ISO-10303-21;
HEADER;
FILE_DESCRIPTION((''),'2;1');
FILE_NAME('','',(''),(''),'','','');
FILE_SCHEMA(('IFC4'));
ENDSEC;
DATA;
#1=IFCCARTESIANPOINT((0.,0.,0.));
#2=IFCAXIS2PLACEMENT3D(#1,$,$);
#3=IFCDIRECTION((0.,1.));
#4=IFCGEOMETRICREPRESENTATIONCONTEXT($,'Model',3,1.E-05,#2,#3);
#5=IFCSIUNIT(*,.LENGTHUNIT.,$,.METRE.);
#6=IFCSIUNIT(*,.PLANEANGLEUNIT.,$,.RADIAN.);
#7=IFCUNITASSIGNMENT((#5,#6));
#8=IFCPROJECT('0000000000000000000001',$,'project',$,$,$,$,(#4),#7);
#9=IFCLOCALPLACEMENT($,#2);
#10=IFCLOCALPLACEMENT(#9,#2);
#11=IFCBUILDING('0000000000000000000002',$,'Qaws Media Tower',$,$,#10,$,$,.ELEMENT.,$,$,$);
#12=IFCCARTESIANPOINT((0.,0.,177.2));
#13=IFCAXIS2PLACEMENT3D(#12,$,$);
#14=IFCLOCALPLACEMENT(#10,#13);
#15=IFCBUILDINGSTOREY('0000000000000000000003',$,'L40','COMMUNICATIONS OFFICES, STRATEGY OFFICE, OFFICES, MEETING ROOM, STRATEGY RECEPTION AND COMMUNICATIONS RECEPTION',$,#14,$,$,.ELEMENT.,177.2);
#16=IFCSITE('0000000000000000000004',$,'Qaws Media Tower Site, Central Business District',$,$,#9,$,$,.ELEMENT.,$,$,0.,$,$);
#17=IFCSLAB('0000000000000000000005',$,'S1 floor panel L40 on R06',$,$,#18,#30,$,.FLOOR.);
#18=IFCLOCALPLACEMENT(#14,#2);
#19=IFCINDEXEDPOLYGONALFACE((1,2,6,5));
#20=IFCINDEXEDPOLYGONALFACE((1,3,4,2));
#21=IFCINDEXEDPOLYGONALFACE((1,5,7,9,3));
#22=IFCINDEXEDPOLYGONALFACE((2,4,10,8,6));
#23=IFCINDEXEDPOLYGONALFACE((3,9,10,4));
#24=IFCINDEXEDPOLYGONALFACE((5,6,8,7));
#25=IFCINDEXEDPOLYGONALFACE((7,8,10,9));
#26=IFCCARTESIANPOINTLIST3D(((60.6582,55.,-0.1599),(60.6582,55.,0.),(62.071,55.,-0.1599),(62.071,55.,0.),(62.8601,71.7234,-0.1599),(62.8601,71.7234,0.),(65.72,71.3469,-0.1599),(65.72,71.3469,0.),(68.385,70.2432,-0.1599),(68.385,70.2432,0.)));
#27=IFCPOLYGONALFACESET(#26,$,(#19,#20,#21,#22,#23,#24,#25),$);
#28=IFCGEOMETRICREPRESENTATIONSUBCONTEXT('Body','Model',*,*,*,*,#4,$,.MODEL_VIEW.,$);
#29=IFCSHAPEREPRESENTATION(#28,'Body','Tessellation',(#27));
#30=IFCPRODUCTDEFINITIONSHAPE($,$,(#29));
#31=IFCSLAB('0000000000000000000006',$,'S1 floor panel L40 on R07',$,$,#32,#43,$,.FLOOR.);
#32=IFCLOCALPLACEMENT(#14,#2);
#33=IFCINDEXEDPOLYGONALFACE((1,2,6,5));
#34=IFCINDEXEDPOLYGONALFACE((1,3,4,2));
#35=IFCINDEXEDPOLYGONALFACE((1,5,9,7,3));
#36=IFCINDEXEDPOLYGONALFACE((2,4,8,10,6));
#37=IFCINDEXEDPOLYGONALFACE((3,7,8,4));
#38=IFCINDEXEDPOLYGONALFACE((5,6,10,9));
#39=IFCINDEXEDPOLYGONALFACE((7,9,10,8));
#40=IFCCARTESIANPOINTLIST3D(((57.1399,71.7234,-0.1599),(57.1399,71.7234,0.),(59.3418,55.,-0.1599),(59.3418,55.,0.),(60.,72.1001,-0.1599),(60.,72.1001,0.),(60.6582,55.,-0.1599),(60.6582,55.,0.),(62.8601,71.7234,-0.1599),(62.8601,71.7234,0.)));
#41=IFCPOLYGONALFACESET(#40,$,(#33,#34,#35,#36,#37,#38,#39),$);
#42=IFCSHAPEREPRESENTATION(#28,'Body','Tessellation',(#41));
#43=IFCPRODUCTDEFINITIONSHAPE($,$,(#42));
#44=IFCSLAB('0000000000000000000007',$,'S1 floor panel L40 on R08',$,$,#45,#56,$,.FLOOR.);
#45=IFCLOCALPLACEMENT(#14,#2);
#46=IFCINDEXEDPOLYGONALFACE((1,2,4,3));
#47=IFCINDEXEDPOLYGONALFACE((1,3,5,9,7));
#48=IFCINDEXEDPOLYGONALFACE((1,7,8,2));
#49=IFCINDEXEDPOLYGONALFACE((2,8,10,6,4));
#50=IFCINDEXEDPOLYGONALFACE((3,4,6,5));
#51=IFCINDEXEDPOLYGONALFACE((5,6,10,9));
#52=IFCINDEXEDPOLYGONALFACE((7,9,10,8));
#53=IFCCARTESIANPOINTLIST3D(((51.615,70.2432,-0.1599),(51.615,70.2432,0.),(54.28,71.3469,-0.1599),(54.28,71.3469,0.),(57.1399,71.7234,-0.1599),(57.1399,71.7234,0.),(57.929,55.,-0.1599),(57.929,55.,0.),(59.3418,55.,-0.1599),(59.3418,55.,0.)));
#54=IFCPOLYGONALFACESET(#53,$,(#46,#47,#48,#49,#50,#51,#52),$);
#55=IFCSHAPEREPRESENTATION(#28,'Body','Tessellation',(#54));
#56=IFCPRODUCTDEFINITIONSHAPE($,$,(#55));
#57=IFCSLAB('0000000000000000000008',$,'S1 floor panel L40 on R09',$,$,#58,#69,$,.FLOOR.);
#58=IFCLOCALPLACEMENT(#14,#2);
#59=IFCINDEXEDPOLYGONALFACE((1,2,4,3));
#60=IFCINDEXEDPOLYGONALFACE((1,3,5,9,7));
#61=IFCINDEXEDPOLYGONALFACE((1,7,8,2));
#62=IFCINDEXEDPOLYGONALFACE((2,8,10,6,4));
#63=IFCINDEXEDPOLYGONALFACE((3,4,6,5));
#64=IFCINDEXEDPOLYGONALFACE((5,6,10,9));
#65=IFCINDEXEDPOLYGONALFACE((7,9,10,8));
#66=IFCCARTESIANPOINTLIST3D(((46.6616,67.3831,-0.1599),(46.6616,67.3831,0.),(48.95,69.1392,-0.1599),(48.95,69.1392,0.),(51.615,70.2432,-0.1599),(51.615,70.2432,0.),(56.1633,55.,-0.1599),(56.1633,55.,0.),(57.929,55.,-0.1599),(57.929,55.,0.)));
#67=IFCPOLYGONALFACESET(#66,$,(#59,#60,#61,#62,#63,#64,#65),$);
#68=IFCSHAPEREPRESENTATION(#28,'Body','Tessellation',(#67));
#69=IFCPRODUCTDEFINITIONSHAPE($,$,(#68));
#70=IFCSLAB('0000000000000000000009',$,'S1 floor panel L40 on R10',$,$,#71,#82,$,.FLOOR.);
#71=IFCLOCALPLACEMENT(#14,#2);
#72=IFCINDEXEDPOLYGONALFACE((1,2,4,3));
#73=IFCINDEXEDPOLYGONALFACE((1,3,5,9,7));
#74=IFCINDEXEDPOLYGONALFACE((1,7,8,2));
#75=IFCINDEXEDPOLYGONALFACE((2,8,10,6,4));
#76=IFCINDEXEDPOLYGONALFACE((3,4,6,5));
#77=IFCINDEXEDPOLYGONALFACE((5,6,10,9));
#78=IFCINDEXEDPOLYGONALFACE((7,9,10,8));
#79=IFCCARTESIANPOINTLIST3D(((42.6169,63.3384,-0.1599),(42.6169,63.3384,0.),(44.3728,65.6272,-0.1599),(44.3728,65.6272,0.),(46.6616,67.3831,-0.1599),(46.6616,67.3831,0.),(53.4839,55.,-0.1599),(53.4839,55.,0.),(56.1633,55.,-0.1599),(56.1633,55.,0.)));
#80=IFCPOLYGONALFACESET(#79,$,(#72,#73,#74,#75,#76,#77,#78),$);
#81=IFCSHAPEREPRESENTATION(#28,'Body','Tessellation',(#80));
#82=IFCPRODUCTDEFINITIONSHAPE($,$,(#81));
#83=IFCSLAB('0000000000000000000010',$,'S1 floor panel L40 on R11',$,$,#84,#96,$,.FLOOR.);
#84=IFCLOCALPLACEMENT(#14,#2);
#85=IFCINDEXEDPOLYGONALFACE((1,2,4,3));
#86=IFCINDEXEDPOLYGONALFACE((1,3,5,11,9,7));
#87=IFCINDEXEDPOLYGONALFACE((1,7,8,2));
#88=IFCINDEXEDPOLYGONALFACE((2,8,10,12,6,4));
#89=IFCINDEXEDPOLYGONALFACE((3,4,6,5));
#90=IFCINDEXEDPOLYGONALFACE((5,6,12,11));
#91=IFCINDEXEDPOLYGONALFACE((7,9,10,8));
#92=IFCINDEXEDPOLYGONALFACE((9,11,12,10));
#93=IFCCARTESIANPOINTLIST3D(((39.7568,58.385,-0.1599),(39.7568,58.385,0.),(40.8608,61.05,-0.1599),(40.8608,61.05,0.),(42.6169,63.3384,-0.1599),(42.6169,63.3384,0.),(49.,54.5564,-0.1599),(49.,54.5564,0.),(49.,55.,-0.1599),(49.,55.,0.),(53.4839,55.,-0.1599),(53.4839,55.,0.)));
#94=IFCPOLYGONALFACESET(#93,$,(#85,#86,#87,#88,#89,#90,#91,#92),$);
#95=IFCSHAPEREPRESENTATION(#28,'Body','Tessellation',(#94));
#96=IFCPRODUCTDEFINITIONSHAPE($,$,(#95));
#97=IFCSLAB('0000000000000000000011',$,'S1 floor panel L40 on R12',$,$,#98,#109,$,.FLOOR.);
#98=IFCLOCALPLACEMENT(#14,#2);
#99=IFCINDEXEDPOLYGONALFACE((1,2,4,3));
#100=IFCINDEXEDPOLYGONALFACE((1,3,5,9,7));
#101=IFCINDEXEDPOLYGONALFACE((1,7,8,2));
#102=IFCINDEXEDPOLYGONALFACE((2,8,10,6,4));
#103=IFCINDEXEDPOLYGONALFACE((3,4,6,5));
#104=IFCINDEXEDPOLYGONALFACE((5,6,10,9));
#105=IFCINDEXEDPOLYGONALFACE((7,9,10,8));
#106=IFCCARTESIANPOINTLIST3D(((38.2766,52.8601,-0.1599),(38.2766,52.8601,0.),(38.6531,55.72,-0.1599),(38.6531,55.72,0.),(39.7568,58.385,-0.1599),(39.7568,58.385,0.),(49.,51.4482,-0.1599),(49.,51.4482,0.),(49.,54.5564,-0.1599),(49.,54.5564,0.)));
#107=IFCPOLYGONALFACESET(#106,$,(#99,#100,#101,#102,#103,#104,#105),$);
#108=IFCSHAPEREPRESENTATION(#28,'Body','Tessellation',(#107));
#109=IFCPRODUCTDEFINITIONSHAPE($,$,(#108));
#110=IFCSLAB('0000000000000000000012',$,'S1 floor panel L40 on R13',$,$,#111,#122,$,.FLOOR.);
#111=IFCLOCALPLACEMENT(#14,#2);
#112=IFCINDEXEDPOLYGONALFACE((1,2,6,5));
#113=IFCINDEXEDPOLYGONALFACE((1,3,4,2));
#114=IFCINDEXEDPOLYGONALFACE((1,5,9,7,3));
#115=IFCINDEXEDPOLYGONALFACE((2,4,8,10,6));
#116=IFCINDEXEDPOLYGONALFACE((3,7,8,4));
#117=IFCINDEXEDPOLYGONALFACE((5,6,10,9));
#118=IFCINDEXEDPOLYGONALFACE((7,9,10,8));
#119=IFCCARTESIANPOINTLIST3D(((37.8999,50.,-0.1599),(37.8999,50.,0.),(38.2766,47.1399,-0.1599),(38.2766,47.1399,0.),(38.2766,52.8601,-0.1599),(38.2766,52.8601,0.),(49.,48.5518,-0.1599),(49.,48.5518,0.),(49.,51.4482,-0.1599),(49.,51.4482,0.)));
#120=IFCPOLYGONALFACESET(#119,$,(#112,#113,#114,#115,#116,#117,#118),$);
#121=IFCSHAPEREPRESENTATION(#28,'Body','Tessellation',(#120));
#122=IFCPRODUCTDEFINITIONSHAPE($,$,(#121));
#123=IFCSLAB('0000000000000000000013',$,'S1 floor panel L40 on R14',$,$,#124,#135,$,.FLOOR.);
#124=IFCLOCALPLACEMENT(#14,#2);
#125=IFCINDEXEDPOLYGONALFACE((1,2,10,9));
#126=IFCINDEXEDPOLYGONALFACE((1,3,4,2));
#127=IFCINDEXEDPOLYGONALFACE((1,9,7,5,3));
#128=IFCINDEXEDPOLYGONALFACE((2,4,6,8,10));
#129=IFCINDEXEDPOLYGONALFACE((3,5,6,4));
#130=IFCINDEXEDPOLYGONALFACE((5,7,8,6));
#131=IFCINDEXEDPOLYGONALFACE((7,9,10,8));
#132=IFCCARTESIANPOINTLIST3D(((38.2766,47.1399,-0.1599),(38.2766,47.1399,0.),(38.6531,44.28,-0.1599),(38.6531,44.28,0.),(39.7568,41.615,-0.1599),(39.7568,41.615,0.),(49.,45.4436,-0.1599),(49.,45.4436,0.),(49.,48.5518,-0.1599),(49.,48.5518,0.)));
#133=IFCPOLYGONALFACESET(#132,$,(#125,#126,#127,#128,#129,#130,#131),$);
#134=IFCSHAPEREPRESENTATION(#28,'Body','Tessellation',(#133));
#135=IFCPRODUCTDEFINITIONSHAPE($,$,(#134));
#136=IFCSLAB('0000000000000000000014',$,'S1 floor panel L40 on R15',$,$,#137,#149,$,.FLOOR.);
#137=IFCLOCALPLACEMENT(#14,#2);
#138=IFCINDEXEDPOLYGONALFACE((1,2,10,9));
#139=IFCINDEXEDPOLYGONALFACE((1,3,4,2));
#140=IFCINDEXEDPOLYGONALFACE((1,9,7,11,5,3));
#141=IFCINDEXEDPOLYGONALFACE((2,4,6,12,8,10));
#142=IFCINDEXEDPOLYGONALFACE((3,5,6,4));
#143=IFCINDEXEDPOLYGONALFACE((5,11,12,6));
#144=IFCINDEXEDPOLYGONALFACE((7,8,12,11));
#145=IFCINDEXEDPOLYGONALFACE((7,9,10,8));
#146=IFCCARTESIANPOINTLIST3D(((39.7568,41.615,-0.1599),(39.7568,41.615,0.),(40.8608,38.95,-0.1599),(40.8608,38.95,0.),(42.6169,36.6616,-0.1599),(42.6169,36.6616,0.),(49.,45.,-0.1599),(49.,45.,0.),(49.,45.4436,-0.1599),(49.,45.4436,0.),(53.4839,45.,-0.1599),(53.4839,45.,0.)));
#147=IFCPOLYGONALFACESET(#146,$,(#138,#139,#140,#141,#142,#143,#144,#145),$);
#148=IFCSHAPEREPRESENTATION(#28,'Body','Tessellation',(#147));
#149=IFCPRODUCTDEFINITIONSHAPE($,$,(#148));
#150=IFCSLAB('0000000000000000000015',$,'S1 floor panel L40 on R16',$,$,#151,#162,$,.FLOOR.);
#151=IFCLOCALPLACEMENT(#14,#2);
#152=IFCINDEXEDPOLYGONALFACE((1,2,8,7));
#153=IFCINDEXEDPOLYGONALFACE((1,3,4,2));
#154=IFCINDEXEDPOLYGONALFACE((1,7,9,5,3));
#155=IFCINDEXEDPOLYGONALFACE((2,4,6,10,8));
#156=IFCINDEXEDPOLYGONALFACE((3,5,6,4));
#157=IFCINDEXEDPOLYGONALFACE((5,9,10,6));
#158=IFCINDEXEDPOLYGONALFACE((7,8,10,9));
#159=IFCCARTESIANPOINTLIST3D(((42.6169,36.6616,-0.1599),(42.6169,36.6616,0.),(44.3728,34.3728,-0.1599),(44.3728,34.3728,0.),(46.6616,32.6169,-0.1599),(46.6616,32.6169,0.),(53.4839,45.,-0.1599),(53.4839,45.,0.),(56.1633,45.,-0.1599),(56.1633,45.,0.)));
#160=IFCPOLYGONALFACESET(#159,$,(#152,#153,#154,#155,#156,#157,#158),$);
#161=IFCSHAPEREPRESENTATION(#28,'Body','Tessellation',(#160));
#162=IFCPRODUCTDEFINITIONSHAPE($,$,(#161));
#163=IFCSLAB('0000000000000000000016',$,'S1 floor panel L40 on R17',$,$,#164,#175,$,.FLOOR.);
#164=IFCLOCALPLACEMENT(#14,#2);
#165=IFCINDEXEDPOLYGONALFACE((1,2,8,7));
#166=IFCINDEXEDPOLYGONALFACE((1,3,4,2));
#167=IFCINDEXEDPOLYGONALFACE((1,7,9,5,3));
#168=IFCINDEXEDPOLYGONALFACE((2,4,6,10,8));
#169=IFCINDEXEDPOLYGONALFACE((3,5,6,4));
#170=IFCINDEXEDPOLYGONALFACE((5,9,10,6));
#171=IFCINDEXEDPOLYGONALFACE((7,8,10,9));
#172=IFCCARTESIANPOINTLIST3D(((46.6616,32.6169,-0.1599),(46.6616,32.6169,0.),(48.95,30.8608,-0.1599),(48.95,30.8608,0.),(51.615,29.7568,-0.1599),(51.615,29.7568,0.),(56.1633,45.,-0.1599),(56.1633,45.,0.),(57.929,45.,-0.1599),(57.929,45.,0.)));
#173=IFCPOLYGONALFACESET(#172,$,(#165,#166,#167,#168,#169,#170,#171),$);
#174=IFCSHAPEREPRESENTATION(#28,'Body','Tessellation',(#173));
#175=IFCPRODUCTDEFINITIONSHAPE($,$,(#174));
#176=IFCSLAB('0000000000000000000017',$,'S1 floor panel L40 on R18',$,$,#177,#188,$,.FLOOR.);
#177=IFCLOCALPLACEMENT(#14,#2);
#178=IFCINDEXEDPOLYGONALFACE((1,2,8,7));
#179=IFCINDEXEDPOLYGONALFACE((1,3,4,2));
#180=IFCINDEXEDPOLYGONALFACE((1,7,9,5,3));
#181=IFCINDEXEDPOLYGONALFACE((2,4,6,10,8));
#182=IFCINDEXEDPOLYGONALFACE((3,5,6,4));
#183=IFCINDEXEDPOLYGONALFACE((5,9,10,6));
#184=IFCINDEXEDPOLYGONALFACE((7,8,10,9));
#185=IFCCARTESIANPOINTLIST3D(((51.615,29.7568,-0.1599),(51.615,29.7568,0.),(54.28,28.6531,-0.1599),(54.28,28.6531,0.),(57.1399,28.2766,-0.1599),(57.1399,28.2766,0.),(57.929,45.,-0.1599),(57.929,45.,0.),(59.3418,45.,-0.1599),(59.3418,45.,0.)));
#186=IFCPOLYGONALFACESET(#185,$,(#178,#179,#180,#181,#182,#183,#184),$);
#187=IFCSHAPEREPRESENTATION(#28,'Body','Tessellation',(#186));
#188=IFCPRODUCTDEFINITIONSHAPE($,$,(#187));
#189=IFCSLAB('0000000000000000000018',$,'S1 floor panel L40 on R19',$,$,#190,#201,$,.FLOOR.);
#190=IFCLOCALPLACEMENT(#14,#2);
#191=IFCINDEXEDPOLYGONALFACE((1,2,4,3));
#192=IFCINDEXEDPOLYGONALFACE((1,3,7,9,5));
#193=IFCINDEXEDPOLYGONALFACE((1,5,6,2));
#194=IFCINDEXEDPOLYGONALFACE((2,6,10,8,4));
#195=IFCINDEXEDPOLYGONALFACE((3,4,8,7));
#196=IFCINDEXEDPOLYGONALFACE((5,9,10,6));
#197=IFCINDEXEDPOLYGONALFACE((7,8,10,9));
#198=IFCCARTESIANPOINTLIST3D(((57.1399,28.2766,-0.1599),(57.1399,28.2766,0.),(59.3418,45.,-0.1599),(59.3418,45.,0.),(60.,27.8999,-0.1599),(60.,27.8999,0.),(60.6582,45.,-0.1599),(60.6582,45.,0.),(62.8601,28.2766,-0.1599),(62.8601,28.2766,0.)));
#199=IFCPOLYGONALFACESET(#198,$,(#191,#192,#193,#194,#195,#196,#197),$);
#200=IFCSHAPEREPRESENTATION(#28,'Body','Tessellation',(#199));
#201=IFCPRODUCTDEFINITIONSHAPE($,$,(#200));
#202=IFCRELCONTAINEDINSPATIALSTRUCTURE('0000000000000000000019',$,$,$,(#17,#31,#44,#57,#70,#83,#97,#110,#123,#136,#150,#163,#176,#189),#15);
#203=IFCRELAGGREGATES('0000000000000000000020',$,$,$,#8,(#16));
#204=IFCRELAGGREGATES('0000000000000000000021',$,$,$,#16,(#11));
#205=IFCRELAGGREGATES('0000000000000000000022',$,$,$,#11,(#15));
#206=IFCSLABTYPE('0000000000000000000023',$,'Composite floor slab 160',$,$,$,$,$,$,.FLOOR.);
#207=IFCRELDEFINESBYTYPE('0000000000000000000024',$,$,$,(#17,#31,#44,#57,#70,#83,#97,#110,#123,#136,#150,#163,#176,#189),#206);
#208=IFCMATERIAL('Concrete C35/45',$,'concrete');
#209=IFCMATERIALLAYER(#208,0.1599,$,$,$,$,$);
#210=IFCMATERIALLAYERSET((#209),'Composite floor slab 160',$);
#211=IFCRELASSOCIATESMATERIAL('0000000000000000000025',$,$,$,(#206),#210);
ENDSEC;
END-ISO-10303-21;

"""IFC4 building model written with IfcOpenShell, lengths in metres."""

from ifc_helpers import new_model, si_unit, direction, frame, origin, place, context, subcontext, project, spatial, polyline, outline, extrude, material, layer, layer_set, type_object, element, save


model = new_model("IFC4")

# Units and contexts
model_context = context("Model", 3, precision=1e-05, world=origin(), true_north=direction((0.0, 1.0)))
body_context = subcontext(model_context, "Body", "Model", "MODEL_VIEW")
ifc_project = project(units=[si_unit("LENGTHUNIT", "METRE"), si_unit("PLANEANGLEUNIT", "RADIAN")], contexts=[model_context])

# Site, building, storey
site_placement = place(None, origin())
site = spatial("IfcSite", under=ifc_project, at=site_placement, Name="Qaws Media Tower Site, Central Business District", CompositionType="ELEMENT", RefElevation=0.0)
building_placement = place(site_placement, origin())
building = spatial("IfcBuilding", under=site, at=building_placement, Name="Qaws Media Tower", CompositionType="ELEMENT")
storey_placement = place(building_placement, frame((0.0, 0.0, 177.2)))
storey = spatial("IfcBuildingStorey", under=building, at=storey_placement, Name="L40", Description="COMMUNICATIONS OFFICES, STRATEGY OFFICE, OFFICES, MEETING ROOM, STRATEGY RECEPTION AND COMMUNICATIONS RECEPTION", CompositionType="ELEMENT", Elevation=177.2)

# Slabs
ifc_material_1 = material(Name="Concrete C35/45", Category="concrete")
ifc_layer_1 = layer(ifc_material_1, 0.1599)
ifc_layer_set_1 = layer_set([ifc_layer_1], Name="Composite floor slab 160")
slab_type_1 = type_object("IfcSlabType", Name="Composite floor slab 160", PredefinedType="FLOOR", material=ifc_layer_set_1)
slab_1_placement = place(storey_placement, frame((0.0, 0.0, -0.1599)))
element("IfcSlab", 1, at=slab_1_placement, inside=storey, type_object=slab_type_1, Name="S1 floor panel L40 on R06", PredefinedType="FLOOR", context=body_context, shape_type="SweptSolid", body=[
    extrude(outline(polyline([(65.72, 71.3469), (68.385, 70.2432), (62.071, 55.0), (60.6582, 55.0), (62.8601, 71.7234), (65.72, 71.3469)])), origin(), (0.0, 0.0, 1.0), 0.1599),
])
slab_2_placement = place(storey_placement, frame((0.0, 0.0, -0.1599)))
element("IfcSlab", 2, at=slab_2_placement, inside=storey, type_object=slab_type_1, Name="S1 floor panel L40 on R07", PredefinedType="FLOOR", context=body_context, shape_type="SweptSolid", body=[
    extrude(outline(polyline([(60.0, 72.1001), (62.8601, 71.7234), (60.6582, 55.0), (59.3418, 55.0), (57.1399, 71.7234), (60.0, 72.1001)])), origin(), (0.0, 0.0, 1.0), 0.1599),
])
slab_3_placement = place(storey_placement, frame((0.0, 0.0, -0.1599)))
element("IfcSlab", 3, at=slab_3_placement, inside=storey, type_object=slab_type_1, Name="S1 floor panel L40 on R08", PredefinedType="FLOOR", context=body_context, shape_type="SweptSolid", body=[
    extrude(outline(polyline([(54.28, 71.3469), (57.1399, 71.7234), (59.3418, 55.0), (57.929, 55.0), (51.615, 70.2432), (54.28, 71.3469)])), origin(), (0.0, 0.0, 1.0), 0.1599),
])
slab_4_placement = place(storey_placement, frame((0.0, 0.0, -0.1599)))
element("IfcSlab", 4, at=slab_4_placement, inside=storey, type_object=slab_type_1, Name="S1 floor panel L40 on R09", PredefinedType="FLOOR", context=body_context, shape_type="SweptSolid", body=[
    extrude(outline(polyline([(48.95, 69.1392), (51.615, 70.2432), (57.929, 55.0), (56.1633, 55.0), (46.6616, 67.3831), (48.95, 69.1392)])), origin(), (0.0, 0.0, 1.0), 0.1599),
])
slab_5_placement = place(storey_placement, frame((0.0, 0.0, -0.1599)))
element("IfcSlab", 5, at=slab_5_placement, inside=storey, type_object=slab_type_1, Name="S1 floor panel L40 on R10", PredefinedType="FLOOR", context=body_context, shape_type="SweptSolid", body=[
    extrude(outline(polyline([(44.3728, 65.6272), (46.6616, 67.3831), (56.1633, 55.0), (53.4839, 55.0), (42.6169, 63.3384), (44.3728, 65.6272)])), origin(), (0.0, 0.0, 1.0), 0.1599),
])
slab_6_placement = place(storey_placement, frame((0.0, 0.0, -0.1599)))
element("IfcSlab", 6, at=slab_6_placement, inside=storey, type_object=slab_type_1, Name="S1 floor panel L40 on R11", PredefinedType="FLOOR", context=body_context, shape_type="SweptSolid", body=[
    extrude(outline(polyline([(40.8608, 61.05), (42.6169, 63.3384), (53.4839, 55.0), (49.0, 55.0), (49.0, 54.5564), (39.7568, 58.385), (40.8608, 61.05)])), origin(), (0.0, 0.0, 1.0), 0.1599),
])
slab_7_placement = place(storey_placement, frame((0.0, 0.0, -0.1599)))
element("IfcSlab", 7, at=slab_7_placement, inside=storey, type_object=slab_type_1, Name="S1 floor panel L40 on R12", PredefinedType="FLOOR", context=body_context, shape_type="SweptSolid", body=[
    extrude(outline(polyline([(38.6531, 55.72), (39.7568, 58.385), (49.0, 54.5564), (49.0, 51.4482), (38.2766, 52.8601), (38.6531, 55.72)])), origin(), (0.0, 0.0, 1.0), 0.1599),
])
slab_8_placement = place(storey_placement, frame((0.0, 0.0, -0.1599)))
element("IfcSlab", 8, at=slab_8_placement, inside=storey, type_object=slab_type_1, Name="S1 floor panel L40 on R13", PredefinedType="FLOOR", context=body_context, shape_type="SweptSolid", body=[
    extrude(outline(polyline([(37.8999, 50.0), (38.2766, 52.8601), (49.0, 51.4482), (49.0, 48.5518), (38.2766, 47.1399), (37.8999, 50.0)])), origin(), (0.0, 0.0, 1.0), 0.1599),
])
slab_9_placement = place(storey_placement, frame((0.0, 0.0, -0.1599)))
element("IfcSlab", 9, at=slab_9_placement, inside=storey, type_object=slab_type_1, Name="S1 floor panel L40 on R14", PredefinedType="FLOOR", context=body_context, shape_type="SweptSolid", body=[
    extrude(outline(polyline([(38.6531, 44.28), (38.2766, 47.1399), (49.0, 48.5518), (49.0, 45.4436), (39.7568, 41.615), (38.6531, 44.28)])), origin(), (0.0, 0.0, 1.0), 0.1599),
])
slab_10_placement = place(storey_placement, frame((0.0, 0.0, -0.1599)))
element("IfcSlab", 10, at=slab_10_placement, inside=storey, type_object=slab_type_1, Name="S1 floor panel L40 on R15", PredefinedType="FLOOR", context=body_context, shape_type="SweptSolid", body=[
    extrude(outline(polyline([(40.8608, 38.95), (39.7568, 41.615), (49.0, 45.4436), (49.0, 45.0), (53.4839, 45.0), (42.6169, 36.6616), (40.8608, 38.95)])), origin(), (0.0, 0.0, 1.0), 0.1599),
])
slab_11_placement = place(storey_placement, frame((0.0, 0.0, -0.1599)))
element("IfcSlab", 11, at=slab_11_placement, inside=storey, type_object=slab_type_1, Name="S1 floor panel L40 on R16", PredefinedType="FLOOR", context=body_context, shape_type="SweptSolid", body=[
    extrude(outline(polyline([(44.3728, 34.3728), (42.6169, 36.6616), (53.4839, 45.0), (56.1633, 45.0), (46.6616, 32.6169), (44.3728, 34.3728)])), origin(), (0.0, 0.0, 1.0), 0.1599),
])
slab_12_placement = place(storey_placement, frame((0.0, 0.0, -0.1599)))
element("IfcSlab", 12, at=slab_12_placement, inside=storey, type_object=slab_type_1, Name="S1 floor panel L40 on R17", PredefinedType="FLOOR", context=body_context, shape_type="SweptSolid", body=[
    extrude(outline(polyline([(48.95, 30.8608), (46.6616, 32.6169), (56.1633, 45.0), (57.929, 45.0), (51.615, 29.7568), (48.95, 30.8608)])), origin(), (0.0, 0.0, 1.0), 0.1599),
])
slab_13_placement = place(storey_placement, frame((0.0, 0.0, -0.1599)))
element("IfcSlab", 13, at=slab_13_placement, inside=storey, type_object=slab_type_1, Name="S1 floor panel L40 on R18", PredefinedType="FLOOR", context=body_context, shape_type="SweptSolid", body=[
    extrude(outline(polyline([(54.28, 28.6531), (51.615, 29.7568), (57.929, 45.0), (59.3418, 45.0), (57.1399, 28.2766), (54.28, 28.6531)])), origin(), (0.0, 0.0, 1.0), 0.1599),
])
slab_14_placement = place(storey_placement, frame((0.0, 0.0, -0.1599)))
element("IfcSlab", 14, at=slab_14_placement, inside=storey, type_object=slab_type_1, Name="S1 floor panel L40 on R19", PredefinedType="FLOOR", context=body_context, shape_type="SweptSolid", body=[
    extrude(outline(polyline([(60.0, 27.8999), (57.1399, 28.2766), (59.3418, 45.0), (60.6582, 45.0), (62.8601, 28.2766), (60.0, 27.8999)])), origin(), (0.0, 0.0, 1.0), 0.1599),
])

save(model, "model.ifc")
